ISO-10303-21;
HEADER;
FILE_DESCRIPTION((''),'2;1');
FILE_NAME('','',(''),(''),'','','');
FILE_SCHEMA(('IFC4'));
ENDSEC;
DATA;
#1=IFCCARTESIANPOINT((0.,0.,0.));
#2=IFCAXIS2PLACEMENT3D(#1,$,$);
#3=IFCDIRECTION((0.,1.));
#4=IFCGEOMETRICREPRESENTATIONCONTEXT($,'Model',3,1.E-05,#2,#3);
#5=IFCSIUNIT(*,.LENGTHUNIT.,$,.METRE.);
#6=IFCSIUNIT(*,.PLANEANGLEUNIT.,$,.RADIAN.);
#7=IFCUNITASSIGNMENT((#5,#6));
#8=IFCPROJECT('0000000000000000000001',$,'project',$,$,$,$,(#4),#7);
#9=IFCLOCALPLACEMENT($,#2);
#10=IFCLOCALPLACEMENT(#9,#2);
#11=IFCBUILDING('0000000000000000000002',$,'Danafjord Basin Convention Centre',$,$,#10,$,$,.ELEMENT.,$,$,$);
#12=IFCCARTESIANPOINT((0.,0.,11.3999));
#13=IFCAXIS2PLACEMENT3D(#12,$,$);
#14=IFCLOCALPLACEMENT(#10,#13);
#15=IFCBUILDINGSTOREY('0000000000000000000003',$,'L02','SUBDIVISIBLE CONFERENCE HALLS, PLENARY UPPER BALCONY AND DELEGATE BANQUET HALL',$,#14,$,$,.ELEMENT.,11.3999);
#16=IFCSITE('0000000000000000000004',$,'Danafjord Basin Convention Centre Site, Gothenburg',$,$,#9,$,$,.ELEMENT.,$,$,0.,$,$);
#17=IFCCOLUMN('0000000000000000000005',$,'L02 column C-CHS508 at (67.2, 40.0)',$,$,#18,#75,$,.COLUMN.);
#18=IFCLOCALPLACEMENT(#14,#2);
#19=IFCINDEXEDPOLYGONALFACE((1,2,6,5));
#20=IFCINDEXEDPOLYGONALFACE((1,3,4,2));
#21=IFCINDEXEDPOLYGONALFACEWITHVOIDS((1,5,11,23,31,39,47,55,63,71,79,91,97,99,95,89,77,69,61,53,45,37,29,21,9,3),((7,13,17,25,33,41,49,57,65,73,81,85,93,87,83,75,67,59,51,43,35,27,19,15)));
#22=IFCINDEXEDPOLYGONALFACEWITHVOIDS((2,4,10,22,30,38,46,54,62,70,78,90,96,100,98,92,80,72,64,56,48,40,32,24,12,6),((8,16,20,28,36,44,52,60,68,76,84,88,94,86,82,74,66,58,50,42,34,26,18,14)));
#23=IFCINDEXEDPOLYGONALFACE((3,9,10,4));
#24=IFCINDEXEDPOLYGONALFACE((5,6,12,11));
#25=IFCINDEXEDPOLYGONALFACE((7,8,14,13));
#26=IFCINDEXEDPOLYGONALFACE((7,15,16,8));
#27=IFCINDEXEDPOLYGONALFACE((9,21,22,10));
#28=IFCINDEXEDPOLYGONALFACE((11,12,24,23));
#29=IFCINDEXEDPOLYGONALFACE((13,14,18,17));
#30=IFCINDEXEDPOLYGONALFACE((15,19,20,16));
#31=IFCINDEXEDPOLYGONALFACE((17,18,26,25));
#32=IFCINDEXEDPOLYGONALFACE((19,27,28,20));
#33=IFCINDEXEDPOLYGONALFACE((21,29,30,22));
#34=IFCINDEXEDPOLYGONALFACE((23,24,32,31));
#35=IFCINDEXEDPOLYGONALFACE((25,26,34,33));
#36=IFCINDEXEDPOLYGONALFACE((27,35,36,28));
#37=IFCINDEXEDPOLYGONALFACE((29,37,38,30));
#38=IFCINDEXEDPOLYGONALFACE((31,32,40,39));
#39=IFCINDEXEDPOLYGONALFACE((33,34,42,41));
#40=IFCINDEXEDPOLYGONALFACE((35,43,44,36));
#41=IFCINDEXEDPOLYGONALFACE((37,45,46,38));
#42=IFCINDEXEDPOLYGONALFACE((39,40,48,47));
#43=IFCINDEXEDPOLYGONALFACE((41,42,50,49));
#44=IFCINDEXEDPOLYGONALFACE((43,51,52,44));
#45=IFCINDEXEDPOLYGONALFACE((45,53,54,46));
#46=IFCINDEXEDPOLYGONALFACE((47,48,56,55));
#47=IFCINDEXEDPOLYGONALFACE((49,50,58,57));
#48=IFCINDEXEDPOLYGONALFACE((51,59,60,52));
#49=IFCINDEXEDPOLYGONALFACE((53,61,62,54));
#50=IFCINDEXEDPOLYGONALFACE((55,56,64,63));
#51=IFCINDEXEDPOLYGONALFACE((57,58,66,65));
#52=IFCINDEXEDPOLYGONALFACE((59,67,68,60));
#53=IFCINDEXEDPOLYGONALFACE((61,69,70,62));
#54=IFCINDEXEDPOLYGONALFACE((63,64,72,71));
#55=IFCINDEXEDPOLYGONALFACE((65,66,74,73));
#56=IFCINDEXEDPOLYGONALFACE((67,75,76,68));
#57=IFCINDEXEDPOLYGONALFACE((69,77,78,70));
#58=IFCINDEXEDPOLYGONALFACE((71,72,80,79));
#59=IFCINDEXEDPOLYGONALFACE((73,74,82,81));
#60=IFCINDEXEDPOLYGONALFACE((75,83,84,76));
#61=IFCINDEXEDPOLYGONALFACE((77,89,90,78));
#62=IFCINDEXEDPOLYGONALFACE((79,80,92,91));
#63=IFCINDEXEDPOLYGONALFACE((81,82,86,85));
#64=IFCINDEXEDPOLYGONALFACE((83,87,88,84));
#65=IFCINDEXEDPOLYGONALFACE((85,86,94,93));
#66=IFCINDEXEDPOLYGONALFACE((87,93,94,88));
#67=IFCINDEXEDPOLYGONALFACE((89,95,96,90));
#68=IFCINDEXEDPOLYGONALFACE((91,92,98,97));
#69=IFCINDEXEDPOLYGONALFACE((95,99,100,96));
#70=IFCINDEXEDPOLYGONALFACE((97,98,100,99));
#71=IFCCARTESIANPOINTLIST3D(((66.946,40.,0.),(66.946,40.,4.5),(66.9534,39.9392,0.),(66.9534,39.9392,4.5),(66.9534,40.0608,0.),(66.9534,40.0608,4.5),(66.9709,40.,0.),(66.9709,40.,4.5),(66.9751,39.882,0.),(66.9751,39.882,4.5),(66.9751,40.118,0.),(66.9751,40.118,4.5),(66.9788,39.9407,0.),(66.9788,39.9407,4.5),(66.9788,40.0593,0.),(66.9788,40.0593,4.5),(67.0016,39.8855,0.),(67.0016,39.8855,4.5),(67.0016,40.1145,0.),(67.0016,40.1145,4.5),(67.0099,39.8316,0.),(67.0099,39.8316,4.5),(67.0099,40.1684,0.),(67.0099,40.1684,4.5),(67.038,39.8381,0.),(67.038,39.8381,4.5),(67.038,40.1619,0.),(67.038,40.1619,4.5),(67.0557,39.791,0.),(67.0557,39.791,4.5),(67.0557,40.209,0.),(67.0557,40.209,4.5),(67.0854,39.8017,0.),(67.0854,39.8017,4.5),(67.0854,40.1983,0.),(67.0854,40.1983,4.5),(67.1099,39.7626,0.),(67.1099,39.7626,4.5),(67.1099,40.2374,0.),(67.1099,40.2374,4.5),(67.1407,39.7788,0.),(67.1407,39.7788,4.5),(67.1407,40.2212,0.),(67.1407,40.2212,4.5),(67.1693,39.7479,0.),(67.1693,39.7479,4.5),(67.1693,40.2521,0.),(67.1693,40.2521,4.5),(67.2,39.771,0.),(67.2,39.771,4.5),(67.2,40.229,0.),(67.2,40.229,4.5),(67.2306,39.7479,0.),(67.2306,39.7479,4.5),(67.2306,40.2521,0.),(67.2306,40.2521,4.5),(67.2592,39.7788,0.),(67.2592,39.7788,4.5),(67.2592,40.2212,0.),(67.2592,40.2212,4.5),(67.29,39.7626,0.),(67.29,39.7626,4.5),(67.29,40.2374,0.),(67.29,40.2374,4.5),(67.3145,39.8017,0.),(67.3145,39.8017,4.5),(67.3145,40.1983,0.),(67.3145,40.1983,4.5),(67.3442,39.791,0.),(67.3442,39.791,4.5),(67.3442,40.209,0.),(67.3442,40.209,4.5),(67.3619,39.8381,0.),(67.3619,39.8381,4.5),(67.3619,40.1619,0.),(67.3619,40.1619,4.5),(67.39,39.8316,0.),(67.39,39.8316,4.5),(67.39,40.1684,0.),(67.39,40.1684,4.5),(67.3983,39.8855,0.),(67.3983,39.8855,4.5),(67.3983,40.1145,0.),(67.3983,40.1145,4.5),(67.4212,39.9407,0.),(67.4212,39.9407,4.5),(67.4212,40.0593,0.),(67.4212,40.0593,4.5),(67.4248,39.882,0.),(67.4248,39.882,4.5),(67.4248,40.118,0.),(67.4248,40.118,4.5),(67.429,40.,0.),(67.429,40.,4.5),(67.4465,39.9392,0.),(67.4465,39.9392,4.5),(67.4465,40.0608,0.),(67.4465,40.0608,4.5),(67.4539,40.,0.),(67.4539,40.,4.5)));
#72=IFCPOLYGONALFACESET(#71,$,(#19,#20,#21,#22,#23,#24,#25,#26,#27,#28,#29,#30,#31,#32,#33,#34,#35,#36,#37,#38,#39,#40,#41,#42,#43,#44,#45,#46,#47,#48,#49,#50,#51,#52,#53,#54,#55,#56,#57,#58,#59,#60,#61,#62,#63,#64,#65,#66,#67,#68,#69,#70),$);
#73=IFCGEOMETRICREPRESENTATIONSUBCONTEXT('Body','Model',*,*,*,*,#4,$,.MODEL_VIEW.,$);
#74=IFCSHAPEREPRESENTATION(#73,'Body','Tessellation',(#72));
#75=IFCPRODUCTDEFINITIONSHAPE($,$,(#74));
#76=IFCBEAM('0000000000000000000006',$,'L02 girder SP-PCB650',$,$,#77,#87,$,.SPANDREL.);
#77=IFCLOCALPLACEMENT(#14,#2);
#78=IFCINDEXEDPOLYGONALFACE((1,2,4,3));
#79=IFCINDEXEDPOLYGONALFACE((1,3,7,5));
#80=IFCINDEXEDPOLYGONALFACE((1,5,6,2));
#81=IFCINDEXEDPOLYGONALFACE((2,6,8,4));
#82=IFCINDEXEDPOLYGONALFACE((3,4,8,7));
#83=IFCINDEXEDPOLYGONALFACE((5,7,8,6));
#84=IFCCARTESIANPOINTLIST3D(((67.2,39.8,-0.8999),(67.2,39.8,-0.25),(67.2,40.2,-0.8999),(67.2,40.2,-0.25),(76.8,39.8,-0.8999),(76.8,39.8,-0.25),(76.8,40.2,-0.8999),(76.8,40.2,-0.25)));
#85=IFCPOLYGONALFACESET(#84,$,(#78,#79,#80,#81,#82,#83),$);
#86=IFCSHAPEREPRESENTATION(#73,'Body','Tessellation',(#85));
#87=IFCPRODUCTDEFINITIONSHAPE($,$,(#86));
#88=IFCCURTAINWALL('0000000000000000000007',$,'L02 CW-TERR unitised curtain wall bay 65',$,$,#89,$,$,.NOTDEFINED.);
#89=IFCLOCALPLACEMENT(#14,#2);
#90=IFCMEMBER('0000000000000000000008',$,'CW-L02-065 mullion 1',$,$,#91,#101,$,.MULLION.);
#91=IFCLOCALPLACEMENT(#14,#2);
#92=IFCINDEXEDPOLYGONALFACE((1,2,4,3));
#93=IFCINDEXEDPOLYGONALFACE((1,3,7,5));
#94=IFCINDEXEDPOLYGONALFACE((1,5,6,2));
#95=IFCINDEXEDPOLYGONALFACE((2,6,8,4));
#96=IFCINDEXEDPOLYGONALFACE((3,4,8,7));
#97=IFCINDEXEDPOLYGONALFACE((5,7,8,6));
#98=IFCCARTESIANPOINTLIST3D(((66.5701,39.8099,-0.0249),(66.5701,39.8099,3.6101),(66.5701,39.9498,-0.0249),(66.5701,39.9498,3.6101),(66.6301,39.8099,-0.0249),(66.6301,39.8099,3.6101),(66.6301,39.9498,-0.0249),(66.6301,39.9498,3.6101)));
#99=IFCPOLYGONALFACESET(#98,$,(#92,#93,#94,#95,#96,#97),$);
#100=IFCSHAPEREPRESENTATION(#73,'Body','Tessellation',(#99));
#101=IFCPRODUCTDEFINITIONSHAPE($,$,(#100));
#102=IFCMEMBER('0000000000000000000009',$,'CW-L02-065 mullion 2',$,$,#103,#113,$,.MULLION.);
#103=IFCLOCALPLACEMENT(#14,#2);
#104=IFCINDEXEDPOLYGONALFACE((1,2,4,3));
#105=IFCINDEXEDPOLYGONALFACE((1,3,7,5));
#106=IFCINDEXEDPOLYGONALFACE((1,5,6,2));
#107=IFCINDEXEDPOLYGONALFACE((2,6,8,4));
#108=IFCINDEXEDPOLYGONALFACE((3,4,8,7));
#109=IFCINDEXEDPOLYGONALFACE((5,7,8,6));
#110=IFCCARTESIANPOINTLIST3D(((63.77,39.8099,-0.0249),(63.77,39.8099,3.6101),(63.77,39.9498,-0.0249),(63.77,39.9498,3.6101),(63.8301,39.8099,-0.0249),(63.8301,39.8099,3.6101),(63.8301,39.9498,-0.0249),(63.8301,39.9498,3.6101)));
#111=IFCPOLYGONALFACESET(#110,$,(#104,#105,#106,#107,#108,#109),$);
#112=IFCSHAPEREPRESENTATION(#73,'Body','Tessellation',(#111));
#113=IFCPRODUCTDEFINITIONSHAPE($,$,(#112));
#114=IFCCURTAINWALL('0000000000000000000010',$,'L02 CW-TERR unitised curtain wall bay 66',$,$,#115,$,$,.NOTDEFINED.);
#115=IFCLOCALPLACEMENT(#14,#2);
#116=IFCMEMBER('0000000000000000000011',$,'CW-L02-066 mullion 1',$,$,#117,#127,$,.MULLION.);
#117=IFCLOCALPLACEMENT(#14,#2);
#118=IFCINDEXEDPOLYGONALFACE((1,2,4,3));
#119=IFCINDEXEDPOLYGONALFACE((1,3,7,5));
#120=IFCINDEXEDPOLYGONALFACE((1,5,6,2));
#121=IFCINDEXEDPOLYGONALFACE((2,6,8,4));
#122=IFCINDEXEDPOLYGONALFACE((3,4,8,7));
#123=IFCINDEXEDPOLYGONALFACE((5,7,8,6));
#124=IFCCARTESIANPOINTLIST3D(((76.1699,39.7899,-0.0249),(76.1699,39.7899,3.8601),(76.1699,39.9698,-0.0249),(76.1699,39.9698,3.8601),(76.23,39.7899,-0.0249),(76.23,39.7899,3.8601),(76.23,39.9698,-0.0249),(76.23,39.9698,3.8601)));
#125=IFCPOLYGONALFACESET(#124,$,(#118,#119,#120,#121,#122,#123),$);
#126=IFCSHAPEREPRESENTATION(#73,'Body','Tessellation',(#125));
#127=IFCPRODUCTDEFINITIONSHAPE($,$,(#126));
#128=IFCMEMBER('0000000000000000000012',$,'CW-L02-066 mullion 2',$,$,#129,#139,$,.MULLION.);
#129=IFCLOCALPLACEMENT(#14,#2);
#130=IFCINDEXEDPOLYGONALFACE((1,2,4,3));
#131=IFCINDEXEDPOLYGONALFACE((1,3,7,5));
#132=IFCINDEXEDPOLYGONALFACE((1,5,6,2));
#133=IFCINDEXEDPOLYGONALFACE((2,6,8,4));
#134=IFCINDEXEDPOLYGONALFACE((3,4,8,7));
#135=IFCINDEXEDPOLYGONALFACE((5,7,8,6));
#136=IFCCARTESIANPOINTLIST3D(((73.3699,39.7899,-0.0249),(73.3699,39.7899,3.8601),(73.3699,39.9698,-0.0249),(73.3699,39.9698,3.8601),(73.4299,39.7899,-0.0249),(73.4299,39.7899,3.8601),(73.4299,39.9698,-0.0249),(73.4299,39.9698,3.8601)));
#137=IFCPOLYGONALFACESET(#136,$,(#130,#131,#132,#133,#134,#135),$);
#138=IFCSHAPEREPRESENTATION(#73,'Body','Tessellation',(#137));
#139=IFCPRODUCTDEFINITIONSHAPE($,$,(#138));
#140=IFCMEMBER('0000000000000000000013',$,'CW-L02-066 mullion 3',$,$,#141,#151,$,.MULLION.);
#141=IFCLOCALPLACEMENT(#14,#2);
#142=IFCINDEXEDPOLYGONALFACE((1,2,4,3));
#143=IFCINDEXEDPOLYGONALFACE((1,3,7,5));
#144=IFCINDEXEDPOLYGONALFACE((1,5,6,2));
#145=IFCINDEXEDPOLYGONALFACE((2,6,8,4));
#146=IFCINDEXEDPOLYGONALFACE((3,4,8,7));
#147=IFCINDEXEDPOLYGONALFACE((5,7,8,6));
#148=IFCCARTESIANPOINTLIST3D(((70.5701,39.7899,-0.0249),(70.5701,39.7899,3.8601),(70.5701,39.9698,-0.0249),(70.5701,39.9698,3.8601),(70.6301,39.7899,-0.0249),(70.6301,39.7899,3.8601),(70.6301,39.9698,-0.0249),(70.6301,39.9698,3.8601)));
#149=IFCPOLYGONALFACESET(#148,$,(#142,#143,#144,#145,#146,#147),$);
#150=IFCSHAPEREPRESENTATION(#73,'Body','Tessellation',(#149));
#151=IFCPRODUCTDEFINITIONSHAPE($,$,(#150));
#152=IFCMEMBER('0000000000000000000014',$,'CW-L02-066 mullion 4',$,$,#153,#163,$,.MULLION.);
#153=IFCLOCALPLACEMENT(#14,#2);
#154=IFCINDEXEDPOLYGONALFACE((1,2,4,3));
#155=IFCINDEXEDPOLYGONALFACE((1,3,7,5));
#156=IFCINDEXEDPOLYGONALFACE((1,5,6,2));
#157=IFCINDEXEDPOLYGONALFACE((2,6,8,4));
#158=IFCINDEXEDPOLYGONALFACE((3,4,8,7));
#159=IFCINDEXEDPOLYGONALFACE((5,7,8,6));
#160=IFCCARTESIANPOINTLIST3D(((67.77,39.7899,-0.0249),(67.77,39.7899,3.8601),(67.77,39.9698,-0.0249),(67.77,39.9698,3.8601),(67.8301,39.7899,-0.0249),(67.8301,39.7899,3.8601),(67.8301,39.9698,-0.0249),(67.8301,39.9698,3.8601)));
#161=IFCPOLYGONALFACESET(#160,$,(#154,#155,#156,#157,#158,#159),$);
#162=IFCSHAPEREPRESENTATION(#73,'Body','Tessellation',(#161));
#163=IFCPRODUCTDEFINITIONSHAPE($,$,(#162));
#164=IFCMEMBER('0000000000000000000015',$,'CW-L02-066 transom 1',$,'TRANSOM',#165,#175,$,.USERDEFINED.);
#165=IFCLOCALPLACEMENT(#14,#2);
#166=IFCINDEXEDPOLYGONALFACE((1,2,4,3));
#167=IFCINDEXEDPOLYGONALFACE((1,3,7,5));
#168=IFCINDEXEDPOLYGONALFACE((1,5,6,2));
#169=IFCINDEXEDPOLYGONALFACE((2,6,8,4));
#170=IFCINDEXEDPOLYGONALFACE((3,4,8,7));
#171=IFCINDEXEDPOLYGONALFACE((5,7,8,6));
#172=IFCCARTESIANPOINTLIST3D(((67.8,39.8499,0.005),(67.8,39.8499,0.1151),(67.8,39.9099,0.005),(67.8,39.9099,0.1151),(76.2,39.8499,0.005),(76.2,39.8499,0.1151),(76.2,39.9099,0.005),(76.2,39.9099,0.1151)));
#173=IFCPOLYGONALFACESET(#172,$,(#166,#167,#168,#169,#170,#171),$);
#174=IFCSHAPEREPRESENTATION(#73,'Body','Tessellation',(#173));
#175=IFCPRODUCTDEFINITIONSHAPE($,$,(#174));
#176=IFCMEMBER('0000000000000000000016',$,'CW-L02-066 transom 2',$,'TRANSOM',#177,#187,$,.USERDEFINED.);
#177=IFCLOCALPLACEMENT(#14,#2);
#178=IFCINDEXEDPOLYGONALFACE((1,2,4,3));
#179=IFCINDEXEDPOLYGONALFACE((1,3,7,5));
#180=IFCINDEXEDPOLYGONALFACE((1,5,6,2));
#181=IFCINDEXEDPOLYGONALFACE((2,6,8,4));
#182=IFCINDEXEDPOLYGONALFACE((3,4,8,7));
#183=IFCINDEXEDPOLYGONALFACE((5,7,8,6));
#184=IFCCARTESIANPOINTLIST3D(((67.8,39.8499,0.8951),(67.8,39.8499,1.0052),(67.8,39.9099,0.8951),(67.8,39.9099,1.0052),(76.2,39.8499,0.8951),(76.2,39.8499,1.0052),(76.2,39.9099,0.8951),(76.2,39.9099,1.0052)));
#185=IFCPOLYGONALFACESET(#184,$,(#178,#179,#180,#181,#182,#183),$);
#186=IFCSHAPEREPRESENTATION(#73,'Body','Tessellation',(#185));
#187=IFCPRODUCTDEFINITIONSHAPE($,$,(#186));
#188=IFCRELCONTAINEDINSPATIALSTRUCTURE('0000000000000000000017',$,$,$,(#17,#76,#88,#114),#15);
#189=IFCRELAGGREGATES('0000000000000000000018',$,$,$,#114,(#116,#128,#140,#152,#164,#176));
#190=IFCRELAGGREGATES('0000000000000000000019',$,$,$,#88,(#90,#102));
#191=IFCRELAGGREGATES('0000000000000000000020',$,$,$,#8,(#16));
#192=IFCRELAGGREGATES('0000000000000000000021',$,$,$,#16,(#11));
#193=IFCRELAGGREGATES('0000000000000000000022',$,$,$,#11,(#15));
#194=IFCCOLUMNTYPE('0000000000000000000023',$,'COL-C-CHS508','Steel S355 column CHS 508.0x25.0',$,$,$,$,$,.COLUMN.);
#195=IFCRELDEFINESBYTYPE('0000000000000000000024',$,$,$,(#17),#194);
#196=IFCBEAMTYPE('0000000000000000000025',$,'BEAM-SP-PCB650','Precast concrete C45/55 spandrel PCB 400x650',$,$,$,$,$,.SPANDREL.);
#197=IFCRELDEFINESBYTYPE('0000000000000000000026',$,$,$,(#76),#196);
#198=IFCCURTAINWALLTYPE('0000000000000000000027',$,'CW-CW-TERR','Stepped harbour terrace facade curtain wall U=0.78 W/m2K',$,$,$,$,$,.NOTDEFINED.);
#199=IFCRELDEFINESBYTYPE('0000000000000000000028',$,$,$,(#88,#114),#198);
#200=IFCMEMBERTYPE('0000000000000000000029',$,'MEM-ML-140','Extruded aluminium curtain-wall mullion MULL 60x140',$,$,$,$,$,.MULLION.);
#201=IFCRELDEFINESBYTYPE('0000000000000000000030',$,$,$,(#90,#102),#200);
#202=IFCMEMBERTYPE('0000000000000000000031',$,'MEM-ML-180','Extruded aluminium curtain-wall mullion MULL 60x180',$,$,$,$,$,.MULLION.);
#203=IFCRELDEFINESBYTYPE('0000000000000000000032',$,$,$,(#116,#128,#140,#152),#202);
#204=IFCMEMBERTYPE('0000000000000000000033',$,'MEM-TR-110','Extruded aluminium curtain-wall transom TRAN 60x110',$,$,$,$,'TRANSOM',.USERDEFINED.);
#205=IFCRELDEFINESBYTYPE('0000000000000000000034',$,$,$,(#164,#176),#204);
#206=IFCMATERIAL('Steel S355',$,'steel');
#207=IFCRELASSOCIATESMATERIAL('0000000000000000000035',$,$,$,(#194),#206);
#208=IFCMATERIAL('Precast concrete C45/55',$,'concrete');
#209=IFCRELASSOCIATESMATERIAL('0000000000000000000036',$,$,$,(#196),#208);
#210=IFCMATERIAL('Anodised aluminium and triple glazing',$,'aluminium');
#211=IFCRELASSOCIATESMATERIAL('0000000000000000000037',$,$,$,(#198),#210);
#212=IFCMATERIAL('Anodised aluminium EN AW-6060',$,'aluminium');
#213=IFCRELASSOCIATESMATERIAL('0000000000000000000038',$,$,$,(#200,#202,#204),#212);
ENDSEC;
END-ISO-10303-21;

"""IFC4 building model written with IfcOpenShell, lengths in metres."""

from ifc_helpers import new_model, si_unit, direction, frame, origin, origin_2d, place, context, subcontext, project, spatial, rectangle, hollow_circle, extrude, material, material_profile, profile_set, type_object, element, aggregate, save


model = new_model("IFC4")

# Units and contexts
model_context = context("Model", 3, precision=1e-05, world=origin(), true_north=direction((0.0, 1.0)))
body_context = subcontext(model_context, "Body", "Model", "MODEL_VIEW")
ifc_project = project(units=[si_unit("LENGTHUNIT", "METRE"), si_unit("PLANEANGLEUNIT", "RADIAN")], contexts=[model_context])

# Site, building, storey
site_placement = place(None, origin())
site = spatial("IfcSite", under=ifc_project, at=site_placement, Name="Danafjord Basin Convention Centre Site, Gothenburg", CompositionType="ELEMENT", RefElevation=0.0)
building_placement = place(site_placement, origin())
building = spatial("IfcBuilding", under=site, at=building_placement, Name="Danafjord Basin Convention Centre", CompositionType="ELEMENT")
storey_placement = place(building_placement, frame((0.0, 0.0, 11.3999)))
storey = spatial("IfcBuildingStorey", under=building, at=storey_placement, Name="L02", Description="SUBDIVISIBLE CONFERENCE HALLS, PLENARY UPPER BALCONY AND DELEGATE BANQUET HALL", CompositionType="ELEMENT", Elevation=11.3999)

# Column
ifc_material_1 = material(Name="Steel S355", Category="steel")
ifc_material_profile_1 = material_profile(ifc_material_1, hollow_circle(Radius=0.2539, WallThickness=0.0249, at=origin_2d()), Name="CHS 508.0x25.0")
ifc_profile_set_1 = profile_set([ifc_material_profile_1], Name="Steel S355")
column_type = type_object("IfcColumnType", Name="COL-C-CHS508", Description="Steel S355 column CHS 508.0x25.0", PredefinedType="COLUMN", material=ifc_profile_set_1)
column_placement = place(storey_placement, frame((67.2, 40.0, 0.0), z_axis=(0.0, 0.0, 1.0), x_axis=(1.0, 0.0, 0.0)))
element("IfcColumn", 1, at=column_placement, inside=storey, type_object=column_type, Name="L02 column C-CHS508 at (67.2, 40.0)", PredefinedType="COLUMN", context=body_context, shape_type="SweptSolid", body=[
    extrude(hollow_circle(Radius=0.2539, WallThickness=0.0249, at=origin_2d()), origin(), (0.0, 0.0, 1.0), 4.5),
])

# Beam
ifc_material_2 = material(Name="Precast concrete C45/55", Category="concrete")
ifc_material_profile_2 = material_profile(ifc_material_2, rectangle(XDim=0.3999, YDim=0.6499, at=origin_2d()), Name="PCB 400x650")
ifc_profile_set_2 = profile_set([ifc_material_profile_2], Name="Precast concrete C45/55")
beam_type = type_object("IfcBeamType", Name="BEAM-SP-PCB650", Description="Precast concrete C45/55 spandrel PCB 400x650", PredefinedType="SPANDREL", material=ifc_profile_set_2)
beam_placement = place(storey_placement, frame((67.2, 40.0, -0.575), z_axis=(1.0, 0.0, 0.0), x_axis=(0.0, 1.0, 0.0)))
element("IfcBeam", 2, at=beam_placement, inside=storey, type_object=beam_type, Name="L02 girder SP-PCB650", PredefinedType="SPANDREL", context=body_context, shape_type="SweptSolid", body=[
    extrude(rectangle(XDim=0.3999, YDim=0.6499, at=origin_2d()), origin(), (0.0, 0.0, 1.0), 9.6001),
])

# Curtain walls, members
ifc_material_3 = material(Name="Anodised aluminium and triple glazing", Category="aluminium")
curtain_wall_type = type_object("IfcCurtainWallType", Name="CW-CW-TERR", Description="Stepped harbour terrace facade curtain wall U=0.78 W/m2K", PredefinedType="NOTDEFINED", material=ifc_material_3)
curtain_wall_1_placement = place(storey_placement, origin())
curtain_wall_1 = element("IfcCurtainWall", 3, at=curtain_wall_1_placement, inside=storey, type_object=curtain_wall_type, Name="L02 CW-TERR unitised curtain wall bay 65", PredefinedType="NOTDEFINED")
ifc_material_4 = material(Name="Anodised aluminium EN AW-6060", Category="aluminium")
ifc_material_profile_3 = material_profile(ifc_material_4, rectangle(XDim=0.0601, YDim=0.1399, at=origin_2d()), Name="MULL 60x140")
ifc_profile_set_3 = profile_set([ifc_material_profile_3], Name="Anodised aluminium EN AW-6060")
member_type_1 = type_object("IfcMemberType", Name="MEM-ML-140", Description="Extruded aluminium curtain-wall mullion MULL 60x140", PredefinedType="MULLION", material=ifc_profile_set_3)
member_1_placement = place(storey_placement, frame((66.6001, 39.8799, -0.0249), z_axis=(0.0, 0.0, 1.0), x_axis=(-1.0, 0.0, 0.0)))
member_1 = element("IfcMember", 4, at=member_1_placement, type_object=member_type_1, Name="CW-L02-065 mullion 1", PredefinedType="MULLION", context=body_context, shape_type="SweptSolid", body=[
    extrude(rectangle(XDim=0.0601, YDim=0.1399, at=origin_2d()), origin(), (0.0, 0.0, 1.0), 3.635),
])
member_2_placement = place(storey_placement, frame((63.8, 39.8799, -0.0249), z_axis=(0.0, 0.0, 1.0), x_axis=(-1.0, 0.0, 0.0)))
member_2 = element("IfcMember", 5, at=member_2_placement, type_object=member_type_1, Name="CW-L02-065 mullion 2", PredefinedType="MULLION", context=body_context, shape_type="SweptSolid", body=[
    extrude(rectangle(XDim=0.0601, YDim=0.1399, at=origin_2d()), origin(), (0.0, 0.0, 1.0), 3.635),
])
curtain_wall_2_placement = place(storey_placement, origin())
curtain_wall_2 = element("IfcCurtainWall", 6, at=curtain_wall_2_placement, inside=storey, type_object=curtain_wall_type, Name="L02 CW-TERR unitised curtain wall bay 66", PredefinedType="NOTDEFINED")
ifc_material_profile_4 = material_profile(ifc_material_4, rectangle(XDim=0.0601, YDim=0.1799, at=origin_2d()), Name="MULL 60x180")
ifc_profile_set_4 = profile_set([ifc_material_profile_4], Name="Anodised aluminium EN AW-6060")
member_type_2 = type_object("IfcMemberType", Name="MEM-ML-180", Description="Extruded aluminium curtain-wall mullion MULL 60x180", PredefinedType="MULLION", material=ifc_profile_set_4)
member_3_placement = place(storey_placement, frame((76.2, 39.8799, -0.0249), z_axis=(0.0, 0.0, 1.0), x_axis=(-1.0, 0.0, 0.0)))
member_3 = element("IfcMember", 7, at=member_3_placement, type_object=member_type_2, Name="CW-L02-066 mullion 1", PredefinedType="MULLION", context=body_context, shape_type="SweptSolid", body=[
    extrude(rectangle(XDim=0.0601, YDim=0.1799, at=origin_2d()), origin(), (0.0, 0.0, 1.0), 3.885),
])
member_4_placement = place(storey_placement, frame((73.3999, 39.8799, -0.0249), z_axis=(0.0, 0.0, 1.0), x_axis=(-1.0, 0.0, 0.0)))
member_4 = element("IfcMember", 8, at=member_4_placement, type_object=member_type_2, Name="CW-L02-066 mullion 2", PredefinedType="MULLION", context=body_context, shape_type="SweptSolid", body=[
    extrude(rectangle(XDim=0.0601, YDim=0.1799, at=origin_2d()), origin(), (0.0, 0.0, 1.0), 3.885),
])
member_5_placement = place(storey_placement, frame((70.6001, 39.8799, -0.0249), z_axis=(0.0, 0.0, 1.0), x_axis=(-1.0, 0.0, 0.0)))
member_5 = element("IfcMember", 9, at=member_5_placement, type_object=member_type_2, Name="CW-L02-066 mullion 3", PredefinedType="MULLION", context=body_context, shape_type="SweptSolid", body=[
    extrude(rectangle(XDim=0.0601, YDim=0.1799, at=origin_2d()), origin(), (0.0, 0.0, 1.0), 3.885),
])
member_6_placement = place(storey_placement, frame((67.8, 39.8799, -0.0249), z_axis=(0.0, 0.0, 1.0), x_axis=(-1.0, 0.0, 0.0)))
member_6 = element("IfcMember", 10, at=member_6_placement, type_object=member_type_2, Name="CW-L02-066 mullion 4", PredefinedType="MULLION", context=body_context, shape_type="SweptSolid", body=[
    extrude(rectangle(XDim=0.0601, YDim=0.1799, at=origin_2d()), origin(), (0.0, 0.0, 1.0), 3.885),
])
ifc_material_profile_5 = material_profile(ifc_material_4, rectangle(XDim=0.0601, YDim=0.1101, at=origin_2d()), Name="TRAN 60x110")
ifc_profile_set_5 = profile_set([ifc_material_profile_5], Name="Anodised aluminium EN AW-6060")
member_type_3 = type_object("IfcMemberType", Name="MEM-TR-110", Description="Extruded aluminium curtain-wall transom TRAN 60x110", ElementType="TRANSOM", PredefinedType="USERDEFINED", material=ifc_profile_set_5)
member_7_placement = place(storey_placement, frame((76.2, 39.8799, 0.0601), z_axis=(-1.0, 0.0, 0.0), x_axis=(0.0, -1.0, 0.0)))
member_7 = element("IfcMember", 11, at=member_7_placement, type_object=member_type_3, Name="CW-L02-066 transom 1", ObjectType="TRANSOM", PredefinedType="USERDEFINED", context=body_context, shape_type="SweptSolid", body=[
    extrude(rectangle(XDim=0.0601, YDim=0.1101, at=origin_2d()), origin(), (0.0, 0.0, 1.0), 8.3999),
])
member_8_placement = place(storey_placement, frame((76.2, 39.8799, 0.9502), z_axis=(-1.0, 0.0, 0.0), x_axis=(0.0, -1.0, 0.0)))
member_8 = element("IfcMember", 12, at=member_8_placement, type_object=member_type_3, Name="CW-L02-066 transom 2", ObjectType="TRANSOM", PredefinedType="USERDEFINED", context=body_context, shape_type="SweptSolid", body=[
    extrude(rectangle(XDim=0.0601, YDim=0.1101, at=origin_2d()), origin(), (0.0, 0.0, 1.0), 8.3999),
])

aggregate(curtain_wall_2, [member_3, member_4, member_5, member_6, member_7, member_8])
aggregate(curtain_wall_1, [member_1, member_2])

save(model, "model.ifc")
